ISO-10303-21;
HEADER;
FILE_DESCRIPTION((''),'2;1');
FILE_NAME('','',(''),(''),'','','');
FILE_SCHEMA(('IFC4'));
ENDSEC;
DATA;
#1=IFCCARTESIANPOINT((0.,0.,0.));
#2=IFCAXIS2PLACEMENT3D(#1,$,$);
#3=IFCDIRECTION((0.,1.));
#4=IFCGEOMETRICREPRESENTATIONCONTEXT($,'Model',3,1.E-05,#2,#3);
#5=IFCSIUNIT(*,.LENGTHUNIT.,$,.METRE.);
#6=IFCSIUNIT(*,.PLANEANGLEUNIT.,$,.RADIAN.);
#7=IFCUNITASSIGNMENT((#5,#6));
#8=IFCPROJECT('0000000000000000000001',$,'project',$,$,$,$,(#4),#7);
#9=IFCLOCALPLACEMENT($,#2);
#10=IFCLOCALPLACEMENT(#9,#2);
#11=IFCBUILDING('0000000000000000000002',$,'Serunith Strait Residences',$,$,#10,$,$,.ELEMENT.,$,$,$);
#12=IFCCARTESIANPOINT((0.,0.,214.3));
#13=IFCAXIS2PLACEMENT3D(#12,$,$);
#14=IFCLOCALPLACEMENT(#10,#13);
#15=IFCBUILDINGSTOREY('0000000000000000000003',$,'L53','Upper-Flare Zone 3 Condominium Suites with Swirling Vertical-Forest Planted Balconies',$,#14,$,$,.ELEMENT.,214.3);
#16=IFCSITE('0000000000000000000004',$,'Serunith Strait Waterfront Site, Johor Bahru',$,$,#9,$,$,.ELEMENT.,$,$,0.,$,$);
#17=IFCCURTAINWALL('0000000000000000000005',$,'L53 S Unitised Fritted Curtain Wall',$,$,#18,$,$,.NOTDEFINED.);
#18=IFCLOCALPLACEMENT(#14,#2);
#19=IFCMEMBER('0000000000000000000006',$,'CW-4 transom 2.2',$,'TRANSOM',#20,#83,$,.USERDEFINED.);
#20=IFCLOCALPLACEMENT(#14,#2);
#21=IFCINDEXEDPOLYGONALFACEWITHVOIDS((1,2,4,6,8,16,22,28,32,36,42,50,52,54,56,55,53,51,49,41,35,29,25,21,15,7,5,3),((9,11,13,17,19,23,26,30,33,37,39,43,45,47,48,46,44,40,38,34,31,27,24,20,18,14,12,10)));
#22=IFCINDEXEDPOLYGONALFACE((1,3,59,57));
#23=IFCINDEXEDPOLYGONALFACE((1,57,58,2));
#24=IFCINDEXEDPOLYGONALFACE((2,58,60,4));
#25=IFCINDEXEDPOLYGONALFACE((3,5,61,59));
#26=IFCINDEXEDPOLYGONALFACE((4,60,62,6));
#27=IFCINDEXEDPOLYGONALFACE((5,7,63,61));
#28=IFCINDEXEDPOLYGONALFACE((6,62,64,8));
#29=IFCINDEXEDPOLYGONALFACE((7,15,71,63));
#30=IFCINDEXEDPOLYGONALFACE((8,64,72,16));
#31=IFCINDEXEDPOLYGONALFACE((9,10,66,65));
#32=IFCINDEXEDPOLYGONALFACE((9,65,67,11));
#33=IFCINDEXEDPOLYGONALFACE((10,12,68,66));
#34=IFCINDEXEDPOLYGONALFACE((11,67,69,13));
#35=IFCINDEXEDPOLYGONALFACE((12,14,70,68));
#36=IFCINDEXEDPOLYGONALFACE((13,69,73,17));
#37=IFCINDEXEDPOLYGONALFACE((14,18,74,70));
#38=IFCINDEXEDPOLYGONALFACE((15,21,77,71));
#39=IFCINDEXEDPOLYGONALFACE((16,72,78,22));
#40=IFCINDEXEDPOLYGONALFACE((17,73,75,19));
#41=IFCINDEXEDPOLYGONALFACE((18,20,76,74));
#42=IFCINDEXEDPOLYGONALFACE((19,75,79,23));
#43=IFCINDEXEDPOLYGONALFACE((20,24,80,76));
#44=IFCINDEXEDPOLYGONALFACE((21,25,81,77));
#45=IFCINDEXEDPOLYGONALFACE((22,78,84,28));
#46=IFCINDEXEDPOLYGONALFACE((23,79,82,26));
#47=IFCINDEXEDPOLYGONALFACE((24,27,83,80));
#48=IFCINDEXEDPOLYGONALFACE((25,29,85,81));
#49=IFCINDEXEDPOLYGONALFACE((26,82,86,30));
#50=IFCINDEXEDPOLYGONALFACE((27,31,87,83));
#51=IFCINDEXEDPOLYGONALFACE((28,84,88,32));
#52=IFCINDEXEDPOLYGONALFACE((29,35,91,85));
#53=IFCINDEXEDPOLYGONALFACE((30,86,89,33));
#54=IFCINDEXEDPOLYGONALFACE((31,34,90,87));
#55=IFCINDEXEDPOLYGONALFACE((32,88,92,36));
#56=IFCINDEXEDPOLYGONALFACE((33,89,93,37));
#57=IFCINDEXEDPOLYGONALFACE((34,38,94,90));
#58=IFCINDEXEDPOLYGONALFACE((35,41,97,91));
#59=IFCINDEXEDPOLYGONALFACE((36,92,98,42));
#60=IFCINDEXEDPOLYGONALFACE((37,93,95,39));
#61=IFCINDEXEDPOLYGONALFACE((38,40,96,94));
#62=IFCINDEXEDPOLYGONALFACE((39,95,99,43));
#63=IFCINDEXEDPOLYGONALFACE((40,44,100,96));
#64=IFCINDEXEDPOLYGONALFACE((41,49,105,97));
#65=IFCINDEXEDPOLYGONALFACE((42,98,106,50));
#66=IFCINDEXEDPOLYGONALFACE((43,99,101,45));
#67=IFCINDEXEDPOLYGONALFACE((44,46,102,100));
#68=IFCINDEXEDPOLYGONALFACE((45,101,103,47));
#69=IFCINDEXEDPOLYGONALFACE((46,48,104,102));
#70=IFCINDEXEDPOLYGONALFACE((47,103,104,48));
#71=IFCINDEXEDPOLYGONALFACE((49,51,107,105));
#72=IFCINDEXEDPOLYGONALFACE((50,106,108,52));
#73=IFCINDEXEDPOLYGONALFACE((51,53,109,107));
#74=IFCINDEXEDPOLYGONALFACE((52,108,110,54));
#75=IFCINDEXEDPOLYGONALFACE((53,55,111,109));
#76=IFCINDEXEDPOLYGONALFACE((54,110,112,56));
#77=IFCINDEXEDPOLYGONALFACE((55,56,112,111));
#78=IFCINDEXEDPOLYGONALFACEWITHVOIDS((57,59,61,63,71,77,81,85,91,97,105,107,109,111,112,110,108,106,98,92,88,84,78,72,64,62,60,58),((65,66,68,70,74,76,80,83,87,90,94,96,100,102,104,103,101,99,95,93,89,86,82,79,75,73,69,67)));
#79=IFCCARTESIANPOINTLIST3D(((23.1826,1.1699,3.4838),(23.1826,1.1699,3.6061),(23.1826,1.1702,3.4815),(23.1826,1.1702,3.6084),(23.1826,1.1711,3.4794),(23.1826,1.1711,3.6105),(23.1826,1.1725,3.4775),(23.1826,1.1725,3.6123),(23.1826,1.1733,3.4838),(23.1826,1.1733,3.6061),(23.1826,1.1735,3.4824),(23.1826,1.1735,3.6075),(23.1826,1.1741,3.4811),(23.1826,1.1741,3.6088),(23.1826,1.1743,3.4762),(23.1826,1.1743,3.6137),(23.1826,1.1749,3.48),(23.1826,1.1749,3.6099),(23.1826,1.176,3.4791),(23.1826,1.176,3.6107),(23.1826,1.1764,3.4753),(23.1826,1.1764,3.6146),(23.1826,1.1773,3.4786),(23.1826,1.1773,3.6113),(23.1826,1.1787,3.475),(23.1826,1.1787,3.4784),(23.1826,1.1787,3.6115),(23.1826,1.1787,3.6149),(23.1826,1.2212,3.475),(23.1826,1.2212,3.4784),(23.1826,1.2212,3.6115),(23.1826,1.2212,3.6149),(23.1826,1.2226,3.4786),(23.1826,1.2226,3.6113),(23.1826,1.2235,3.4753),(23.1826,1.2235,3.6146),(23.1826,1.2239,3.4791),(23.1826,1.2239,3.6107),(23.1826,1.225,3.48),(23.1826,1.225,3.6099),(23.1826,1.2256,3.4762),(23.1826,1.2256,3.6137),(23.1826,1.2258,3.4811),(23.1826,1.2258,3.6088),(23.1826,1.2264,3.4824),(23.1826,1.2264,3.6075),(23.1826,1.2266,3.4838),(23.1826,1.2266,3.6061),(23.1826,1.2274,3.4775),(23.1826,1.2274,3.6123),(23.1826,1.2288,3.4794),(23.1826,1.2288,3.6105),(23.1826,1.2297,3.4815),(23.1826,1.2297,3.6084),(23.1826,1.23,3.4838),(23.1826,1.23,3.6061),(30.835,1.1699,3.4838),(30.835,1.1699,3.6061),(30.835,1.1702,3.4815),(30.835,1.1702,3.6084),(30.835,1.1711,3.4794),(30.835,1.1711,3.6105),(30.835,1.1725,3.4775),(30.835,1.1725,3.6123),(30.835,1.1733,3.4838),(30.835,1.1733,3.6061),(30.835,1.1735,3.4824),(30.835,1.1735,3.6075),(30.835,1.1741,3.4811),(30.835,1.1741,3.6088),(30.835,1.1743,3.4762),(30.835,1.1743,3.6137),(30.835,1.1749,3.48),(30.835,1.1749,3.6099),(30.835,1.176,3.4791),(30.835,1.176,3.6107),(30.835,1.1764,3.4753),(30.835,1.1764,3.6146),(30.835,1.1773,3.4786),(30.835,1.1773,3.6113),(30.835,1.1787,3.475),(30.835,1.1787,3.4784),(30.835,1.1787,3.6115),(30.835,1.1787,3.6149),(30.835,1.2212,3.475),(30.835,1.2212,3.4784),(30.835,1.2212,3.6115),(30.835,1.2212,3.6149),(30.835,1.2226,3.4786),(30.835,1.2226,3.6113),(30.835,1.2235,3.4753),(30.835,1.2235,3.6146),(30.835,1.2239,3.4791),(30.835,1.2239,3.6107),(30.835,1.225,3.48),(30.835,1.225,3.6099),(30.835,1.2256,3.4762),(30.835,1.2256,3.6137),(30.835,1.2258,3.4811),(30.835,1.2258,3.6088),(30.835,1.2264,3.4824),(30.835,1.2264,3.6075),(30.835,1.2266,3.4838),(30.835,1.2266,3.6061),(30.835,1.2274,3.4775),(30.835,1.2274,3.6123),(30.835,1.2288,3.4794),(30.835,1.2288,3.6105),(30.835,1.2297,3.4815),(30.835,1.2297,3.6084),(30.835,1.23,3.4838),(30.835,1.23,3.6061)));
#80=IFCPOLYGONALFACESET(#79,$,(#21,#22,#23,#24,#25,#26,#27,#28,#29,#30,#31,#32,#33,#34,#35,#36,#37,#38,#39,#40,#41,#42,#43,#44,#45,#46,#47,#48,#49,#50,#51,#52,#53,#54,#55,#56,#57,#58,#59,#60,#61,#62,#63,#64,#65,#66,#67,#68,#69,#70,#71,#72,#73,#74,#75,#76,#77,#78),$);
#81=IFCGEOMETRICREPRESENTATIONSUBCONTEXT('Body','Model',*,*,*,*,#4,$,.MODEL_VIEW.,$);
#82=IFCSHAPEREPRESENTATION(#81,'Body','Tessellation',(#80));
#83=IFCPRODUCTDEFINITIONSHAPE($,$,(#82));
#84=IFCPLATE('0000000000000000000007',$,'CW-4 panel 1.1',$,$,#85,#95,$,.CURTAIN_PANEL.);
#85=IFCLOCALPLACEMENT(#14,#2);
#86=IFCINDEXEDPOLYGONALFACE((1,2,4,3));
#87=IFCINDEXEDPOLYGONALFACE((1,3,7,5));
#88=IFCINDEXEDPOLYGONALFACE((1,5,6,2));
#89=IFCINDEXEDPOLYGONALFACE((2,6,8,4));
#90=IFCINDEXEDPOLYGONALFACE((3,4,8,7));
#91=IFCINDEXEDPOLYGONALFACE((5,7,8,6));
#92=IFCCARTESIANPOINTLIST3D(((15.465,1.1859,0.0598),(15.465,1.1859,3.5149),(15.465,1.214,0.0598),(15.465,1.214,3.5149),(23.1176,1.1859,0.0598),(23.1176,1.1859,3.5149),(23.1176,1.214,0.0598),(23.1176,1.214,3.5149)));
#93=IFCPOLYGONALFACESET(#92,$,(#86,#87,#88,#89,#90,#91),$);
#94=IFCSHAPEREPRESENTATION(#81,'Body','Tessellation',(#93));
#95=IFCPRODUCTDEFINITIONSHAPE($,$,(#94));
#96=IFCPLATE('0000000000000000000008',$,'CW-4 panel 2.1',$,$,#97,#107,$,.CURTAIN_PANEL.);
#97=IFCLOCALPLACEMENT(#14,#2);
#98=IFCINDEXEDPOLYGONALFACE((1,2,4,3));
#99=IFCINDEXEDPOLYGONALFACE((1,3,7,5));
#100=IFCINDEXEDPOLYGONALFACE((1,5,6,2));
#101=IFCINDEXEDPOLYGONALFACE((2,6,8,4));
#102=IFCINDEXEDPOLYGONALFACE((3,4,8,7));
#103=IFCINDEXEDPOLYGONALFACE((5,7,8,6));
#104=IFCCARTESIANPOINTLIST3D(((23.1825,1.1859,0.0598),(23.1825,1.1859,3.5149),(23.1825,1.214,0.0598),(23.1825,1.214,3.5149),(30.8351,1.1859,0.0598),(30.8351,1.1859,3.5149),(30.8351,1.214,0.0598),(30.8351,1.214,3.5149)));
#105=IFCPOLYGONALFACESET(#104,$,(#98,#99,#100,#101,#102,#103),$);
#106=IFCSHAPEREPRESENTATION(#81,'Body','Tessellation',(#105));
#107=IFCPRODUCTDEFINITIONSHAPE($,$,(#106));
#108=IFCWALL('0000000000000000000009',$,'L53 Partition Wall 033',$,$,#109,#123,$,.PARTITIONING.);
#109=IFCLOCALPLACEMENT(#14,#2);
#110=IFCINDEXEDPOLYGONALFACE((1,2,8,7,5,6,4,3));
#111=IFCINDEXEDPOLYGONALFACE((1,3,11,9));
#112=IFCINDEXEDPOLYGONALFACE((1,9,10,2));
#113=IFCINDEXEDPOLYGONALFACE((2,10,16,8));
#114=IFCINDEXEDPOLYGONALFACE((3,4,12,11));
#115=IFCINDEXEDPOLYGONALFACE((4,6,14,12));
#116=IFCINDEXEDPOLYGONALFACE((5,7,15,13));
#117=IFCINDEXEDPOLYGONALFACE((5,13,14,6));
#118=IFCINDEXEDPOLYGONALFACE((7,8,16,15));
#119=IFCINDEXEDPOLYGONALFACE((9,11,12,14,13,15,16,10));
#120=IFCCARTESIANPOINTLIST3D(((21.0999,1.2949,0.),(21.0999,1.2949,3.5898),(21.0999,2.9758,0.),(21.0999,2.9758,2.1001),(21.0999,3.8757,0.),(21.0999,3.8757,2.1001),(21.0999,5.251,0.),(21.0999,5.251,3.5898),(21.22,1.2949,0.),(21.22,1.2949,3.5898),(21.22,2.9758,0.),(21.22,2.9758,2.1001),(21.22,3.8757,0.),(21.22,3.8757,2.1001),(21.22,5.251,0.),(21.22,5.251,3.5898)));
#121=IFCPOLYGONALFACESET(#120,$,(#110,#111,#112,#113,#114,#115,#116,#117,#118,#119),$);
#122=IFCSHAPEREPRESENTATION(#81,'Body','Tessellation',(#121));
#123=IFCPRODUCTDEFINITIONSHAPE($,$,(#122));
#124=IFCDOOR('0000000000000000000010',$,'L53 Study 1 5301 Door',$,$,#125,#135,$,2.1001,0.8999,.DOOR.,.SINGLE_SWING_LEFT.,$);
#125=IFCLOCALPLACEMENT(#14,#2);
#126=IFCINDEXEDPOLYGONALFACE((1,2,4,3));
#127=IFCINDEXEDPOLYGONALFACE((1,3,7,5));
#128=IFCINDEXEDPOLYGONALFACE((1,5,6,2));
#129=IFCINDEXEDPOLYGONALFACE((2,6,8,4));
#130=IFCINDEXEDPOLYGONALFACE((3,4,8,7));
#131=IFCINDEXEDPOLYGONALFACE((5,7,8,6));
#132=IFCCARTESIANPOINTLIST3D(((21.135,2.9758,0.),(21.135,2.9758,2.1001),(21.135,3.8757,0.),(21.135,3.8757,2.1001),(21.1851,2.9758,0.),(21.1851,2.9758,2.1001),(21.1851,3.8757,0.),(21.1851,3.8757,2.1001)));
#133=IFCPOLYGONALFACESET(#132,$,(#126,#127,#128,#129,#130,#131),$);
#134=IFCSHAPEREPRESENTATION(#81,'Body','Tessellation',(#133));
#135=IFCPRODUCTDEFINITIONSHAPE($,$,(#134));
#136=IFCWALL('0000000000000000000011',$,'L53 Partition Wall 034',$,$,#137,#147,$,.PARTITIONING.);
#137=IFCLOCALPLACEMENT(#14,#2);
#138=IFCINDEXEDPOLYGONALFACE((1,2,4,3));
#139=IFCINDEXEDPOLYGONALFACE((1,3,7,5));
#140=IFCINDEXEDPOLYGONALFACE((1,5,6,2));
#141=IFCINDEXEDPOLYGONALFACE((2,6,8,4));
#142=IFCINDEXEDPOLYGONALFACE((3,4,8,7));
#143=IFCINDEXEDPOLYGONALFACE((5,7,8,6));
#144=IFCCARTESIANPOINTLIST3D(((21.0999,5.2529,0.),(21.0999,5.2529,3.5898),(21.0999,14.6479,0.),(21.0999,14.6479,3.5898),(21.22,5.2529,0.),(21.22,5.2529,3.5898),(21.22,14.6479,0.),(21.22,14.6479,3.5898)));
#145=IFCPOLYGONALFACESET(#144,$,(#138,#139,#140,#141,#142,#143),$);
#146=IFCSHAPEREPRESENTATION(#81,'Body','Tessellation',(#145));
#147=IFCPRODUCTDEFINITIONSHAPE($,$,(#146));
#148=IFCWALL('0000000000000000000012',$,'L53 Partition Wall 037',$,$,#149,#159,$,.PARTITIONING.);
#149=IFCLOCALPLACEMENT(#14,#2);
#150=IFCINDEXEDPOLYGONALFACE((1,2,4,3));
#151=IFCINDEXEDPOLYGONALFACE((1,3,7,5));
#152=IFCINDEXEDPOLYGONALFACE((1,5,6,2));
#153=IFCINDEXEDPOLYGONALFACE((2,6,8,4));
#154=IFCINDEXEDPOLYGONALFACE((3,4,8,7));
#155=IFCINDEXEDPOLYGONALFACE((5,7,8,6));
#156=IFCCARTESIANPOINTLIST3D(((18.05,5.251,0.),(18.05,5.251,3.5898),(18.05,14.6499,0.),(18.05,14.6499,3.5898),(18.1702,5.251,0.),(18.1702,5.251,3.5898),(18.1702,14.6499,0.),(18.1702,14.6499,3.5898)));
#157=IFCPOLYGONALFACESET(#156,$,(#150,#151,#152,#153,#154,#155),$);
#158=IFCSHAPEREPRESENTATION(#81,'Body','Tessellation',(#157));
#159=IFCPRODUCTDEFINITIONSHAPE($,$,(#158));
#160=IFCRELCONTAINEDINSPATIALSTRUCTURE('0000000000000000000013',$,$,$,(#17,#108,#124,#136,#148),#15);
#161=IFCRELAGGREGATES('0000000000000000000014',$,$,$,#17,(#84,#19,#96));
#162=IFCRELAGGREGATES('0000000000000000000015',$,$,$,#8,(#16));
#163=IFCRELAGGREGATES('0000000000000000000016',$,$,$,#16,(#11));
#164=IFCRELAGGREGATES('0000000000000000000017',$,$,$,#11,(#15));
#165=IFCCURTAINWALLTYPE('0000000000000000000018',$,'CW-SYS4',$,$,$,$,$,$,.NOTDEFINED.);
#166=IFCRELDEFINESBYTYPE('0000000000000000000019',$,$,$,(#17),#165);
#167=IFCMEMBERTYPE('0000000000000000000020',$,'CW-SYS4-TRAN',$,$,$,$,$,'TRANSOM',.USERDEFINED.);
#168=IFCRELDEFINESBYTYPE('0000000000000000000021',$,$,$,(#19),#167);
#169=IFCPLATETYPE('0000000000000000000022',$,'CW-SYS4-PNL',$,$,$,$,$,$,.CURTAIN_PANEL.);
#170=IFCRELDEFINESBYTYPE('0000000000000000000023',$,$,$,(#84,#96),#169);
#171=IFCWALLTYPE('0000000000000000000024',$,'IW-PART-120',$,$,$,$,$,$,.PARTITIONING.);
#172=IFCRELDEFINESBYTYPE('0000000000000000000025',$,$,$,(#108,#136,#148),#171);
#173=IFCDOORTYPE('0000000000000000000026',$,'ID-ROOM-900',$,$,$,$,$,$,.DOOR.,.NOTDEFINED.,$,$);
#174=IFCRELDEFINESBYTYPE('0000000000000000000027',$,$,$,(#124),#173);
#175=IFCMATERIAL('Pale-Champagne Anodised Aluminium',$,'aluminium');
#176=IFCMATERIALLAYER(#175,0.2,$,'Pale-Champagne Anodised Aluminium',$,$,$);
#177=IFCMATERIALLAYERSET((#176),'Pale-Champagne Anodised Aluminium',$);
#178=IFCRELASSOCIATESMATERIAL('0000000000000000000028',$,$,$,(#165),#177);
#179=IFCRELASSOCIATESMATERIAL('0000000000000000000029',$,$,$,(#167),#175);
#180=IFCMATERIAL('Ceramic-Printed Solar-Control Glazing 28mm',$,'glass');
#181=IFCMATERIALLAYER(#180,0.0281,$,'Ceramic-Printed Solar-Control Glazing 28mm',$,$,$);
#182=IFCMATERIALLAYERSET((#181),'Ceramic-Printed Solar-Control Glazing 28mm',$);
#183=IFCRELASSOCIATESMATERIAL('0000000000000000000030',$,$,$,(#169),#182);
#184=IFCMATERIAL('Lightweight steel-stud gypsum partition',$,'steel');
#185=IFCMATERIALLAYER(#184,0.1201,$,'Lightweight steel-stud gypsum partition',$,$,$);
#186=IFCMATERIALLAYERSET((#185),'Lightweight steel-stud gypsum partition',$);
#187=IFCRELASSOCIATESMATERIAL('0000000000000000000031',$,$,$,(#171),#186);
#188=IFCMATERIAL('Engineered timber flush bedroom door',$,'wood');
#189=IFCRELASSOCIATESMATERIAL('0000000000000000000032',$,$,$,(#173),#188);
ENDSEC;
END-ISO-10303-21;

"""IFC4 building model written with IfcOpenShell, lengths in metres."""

from ifc_helpers import new_model, si_unit, direction, frame, frame_2d, origin, origin_2d, place, context, subcontext, project, spatial, rectangle, hollow_rectangle, extrude, source, transform, mapped, material, layer, layer_set, material_profile, profile_set, type_object, element, fill, aggregate, save


model = new_model("IFC4")

# Units and contexts
model_context = context("Model", 3, precision=1e-05, world=origin(), true_north=direction((0.0, 1.0)))
body_context = subcontext(model_context, "Body", "Model", "MODEL_VIEW")
ifc_project = project(units=[si_unit("LENGTHUNIT", "METRE"), si_unit("PLANEANGLEUNIT", "RADIAN")], contexts=[model_context])

# Site, building, storey
site_placement = place(None, origin())
site = spatial("IfcSite", under=ifc_project, at=site_placement, Name="Serunith Strait Waterfront Site, Johor Bahru", CompositionType="ELEMENT", RefElevation=0.0)
building_placement = place(site_placement, origin())
building = spatial("IfcBuilding", under=site, at=building_placement, Name="Serunith Strait Residences", CompositionType="ELEMENT")
storey_placement = place(building_placement, frame((0.0, 0.0, 214.3)))
storey = spatial("IfcBuildingStorey", under=building, at=storey_placement, Name="L53", Description="Upper-Flare Zone 3 Condominium Suites with Swirling Vertical-Forest Planted Balconies", CompositionType="ELEMENT", Elevation=214.3)

# Curtain wall, member, plates
ifc_material_1 = material(Name="Pale-Champagne Anodised Aluminium", Category="aluminium")
ifc_layer_1 = layer(ifc_material_1, 0.2, Name="Pale-Champagne Anodised Aluminium")
ifc_layer_set_1 = layer_set([ifc_layer_1], Name="Pale-Champagne Anodised Aluminium")
curtain_wall_type = type_object("IfcCurtainWallType", Name="CW-SYS4", PredefinedType="NOTDEFINED", material=ifc_layer_set_1)
curtain_wall_placement = place(storey_placement, origin())
curtain_wall = element("IfcCurtainWall", 1, at=curtain_wall_placement, inside=storey, type_object=curtain_wall_type, Name="L53 S Unitised Fritted Curtain Wall", PredefinedType="NOTDEFINED")
ifc_material_profile_1 = material_profile(ifc_material_1, hollow_rectangle(XDim=0.0601, YDim=0.1399, WallThickness=0.0034, InnerFilletRadius=0.0054, OuterFilletRadius=0.0088, at=origin_2d()), Name="ALU 140x60x3.5")
ifc_profile_set_1 = profile_set([ifc_material_profile_1], Name="Pale-Champagne Anodised Aluminium")
member_type_1 = type_object("IfcMemberType", Name="CW-SYS4-TRAN", ElementType="TRANSOM", PredefinedType="USERDEFINED", material=ifc_profile_set_1)
shared_shape_1 = source(origin(), body_context, "Body", "SweptSolid", [
    extrude(hollow_rectangle(XDim=0.0601, YDim=0.1399, WallThickness=0.0034, InnerFilletRadius=0.0054, OuterFilletRadius=0.0088, at=origin_2d()), origin(), (0.0, 0.0, 1.0), 7.6523),
])
member_1_placement = place(storey_placement, frame((23.1826, 1.2, 3.5449), z_axis=(1.0, 0.0, 0.0), x_axis=(0.0, 1.0, 0.0)))
member_1 = element("IfcMember", 2, at=member_1_placement, type_object=member_type_1, Name="CW-4 transom 2.2", ObjectType="TRANSOM", PredefinedType="USERDEFINED", context=body_context, shape_type="MappedRepresentation", body=[
    mapped(shared_shape_1, transform((0.0, 0.0, 0.0), scale=1.0)),
])
ifc_material_2 = material(Name="Ceramic-Printed Solar-Control Glazing 28mm", Category="glass")
ifc_layer_2 = layer(ifc_material_2, 0.0281, Name="Ceramic-Printed Solar-Control Glazing 28mm")
ifc_layer_set_2 = layer_set([ifc_layer_2], Name="Ceramic-Printed Solar-Control Glazing 28mm")
plate_type = type_object("IfcPlateType", Name="CW-SYS4-PNL", PredefinedType="CURTAIN_PANEL", material=ifc_layer_set_2)
shared_shape_2 = source(origin(), body_context, "Body", "SweptSolid", [
    extrude(rectangle(XDim=7.6526, YDim=0.0281, at=origin_2d()), origin(), (0.0, 0.0, 1.0), 3.4551),
])
plate_1_placement = place(storey_placement, frame((19.2913, 1.2, 0.0598), z_axis=(0.0, 0.0, 1.0), x_axis=(1.0, 0.0, 0.0)))
plate_1 = element("IfcPlate", 3, at=plate_1_placement, type_object=plate_type, Name="CW-4 panel 1.1", PredefinedType="CURTAIN_PANEL", context=body_context, shape_type="MappedRepresentation", body=[
    mapped(shared_shape_2, transform((0.0, 0.0, 0.0), scale=1.0)),
])
plate_2_placement = place(storey_placement, frame((27.0088, 1.2, 0.0598), z_axis=(0.0, 0.0, 1.0), x_axis=(1.0, 0.0, 0.0)))
plate_2 = element("IfcPlate", 4, at=plate_2_placement, type_object=plate_type, Name="CW-4 panel 2.1", PredefinedType="CURTAIN_PANEL", context=body_context, shape_type="MappedRepresentation", body=[
    mapped(shared_shape_2, transform((0.0, 0.0, 0.0), scale=1.0)),
])
aggregate(curtain_wall, [plate_1, member_1, plate_2])

# Wall, opening, door
ifc_material_3 = material(Name="Lightweight steel-stud gypsum partition", Category="steel")
ifc_layer_3 = layer(ifc_material_3, 0.1201, Name="Lightweight steel-stud gypsum partition")
ifc_layer_set_3 = layer_set([ifc_layer_3], Name="Lightweight steel-stud gypsum partition")
wall_type = type_object("IfcWallType", Name="IW-PART-120", PredefinedType="PARTITIONING", material=ifc_layer_set_3)
wall_1_placement = place(storey_placement, frame((21.1599, 1.2949, 0.0), z_axis=(0.0, 0.0, 1.0), x_axis=(0.0, 1.0, 0.0)))
wall_1 = element("IfcWall", 5, at=wall_1_placement, inside=storey, type_object=wall_type, Name="L53 Partition Wall 033", PredefinedType="PARTITIONING", context=body_context, shape_type="SweptSolid", body=[
    extrude(rectangle(XDim=3.9561, YDim=0.1201, at=frame_2d((1.978, 0.0))), origin(), (0.0, 0.0, 1.0), 3.5898),
])
opening_1_placement = place(wall_1_placement, frame((1.6809, 0.0, 0.0)))
opening_1 = element("IfcOpeningElement", 6, at=opening_1_placement, cuts=wall_1, PredefinedType="OPENING", context=body_context, shape_type="SweptSolid", body=[
    extrude(rectangle(XDim=0.8999, YDim=2.1001, at=frame_2d((0.45, 1.05))), frame((0.0, 0.0701, 0.0), z_axis=(0.0, -1.0, 0.0), x_axis=(1.0, 0.0, 0.0)), (0.0, 0.0, 1.0), 0.1401),
])
ifc_material_4 = material(Name="Engineered timber flush bedroom door", Category="wood")
door_type_1 = type_object("IfcDoorType", Name="ID-ROOM-900", OperationType="NOTDEFINED", PredefinedType="DOOR", material=ifc_material_4)
shared_shape_3 = source(origin(), body_context, "Body", "SweptSolid", [
    extrude(rectangle(XDim=0.8999, YDim=2.1001, at=frame_2d((0.45, 1.05))), frame((0.0, 0.0249, 0.0), z_axis=(0.0, -1.0, 0.0), x_axis=(1.0, 0.0, 0.0)), (0.0, 0.0, 1.0), 0.05),
])
door_1_placement = place(opening_1_placement, origin())
door_1 = element("IfcDoor", 7, at=door_1_placement, inside=storey, type_object=door_type_1, Name="L53 Study 1 5301 Door", OperationType="SINGLE_SWING_LEFT", OverallHeight=2.1001, OverallWidth=0.8999, PredefinedType="DOOR", context=body_context, shape_type="MappedRepresentation", body=[
    mapped(shared_shape_3, transform((0.0, 0.0, 0.0), scale=1.0)),
])
fill(opening_1, door_1)

# Walls
wall_2_placement = place(storey_placement, frame((21.1599, 5.2529, 0.0), z_axis=(0.0, 0.0, 1.0), x_axis=(0.0, 1.0, 0.0)))
element("IfcWall", 8, at=wall_2_placement, inside=storey, type_object=wall_type, Name="L53 Partition Wall 034", PredefinedType="PARTITIONING", context=body_context, shape_type="SweptSolid", body=[
    extrude(rectangle(XDim=9.395, YDim=0.1201, at=frame_2d((4.6975, 0.0))), origin(), (0.0, 0.0, 1.0), 3.5898),
])
wall_3_placement = place(storey_placement, frame((18.1101, 5.251, 0.0), z_axis=(0.0, 0.0, 1.0), x_axis=(0.0, 1.0, 0.0)))
element("IfcWall", 9, at=wall_3_placement, inside=storey, type_object=wall_type, Name="L53 Partition Wall 037", PredefinedType="PARTITIONING", context=body_context, shape_type="SweptSolid", body=[
    extrude(rectangle(XDim=9.3989, YDim=0.1201, at=frame_2d((4.6995, 0.0))), origin(), (0.0, 0.0, 1.0), 3.5898),
])

save(model, "model.ifc")
